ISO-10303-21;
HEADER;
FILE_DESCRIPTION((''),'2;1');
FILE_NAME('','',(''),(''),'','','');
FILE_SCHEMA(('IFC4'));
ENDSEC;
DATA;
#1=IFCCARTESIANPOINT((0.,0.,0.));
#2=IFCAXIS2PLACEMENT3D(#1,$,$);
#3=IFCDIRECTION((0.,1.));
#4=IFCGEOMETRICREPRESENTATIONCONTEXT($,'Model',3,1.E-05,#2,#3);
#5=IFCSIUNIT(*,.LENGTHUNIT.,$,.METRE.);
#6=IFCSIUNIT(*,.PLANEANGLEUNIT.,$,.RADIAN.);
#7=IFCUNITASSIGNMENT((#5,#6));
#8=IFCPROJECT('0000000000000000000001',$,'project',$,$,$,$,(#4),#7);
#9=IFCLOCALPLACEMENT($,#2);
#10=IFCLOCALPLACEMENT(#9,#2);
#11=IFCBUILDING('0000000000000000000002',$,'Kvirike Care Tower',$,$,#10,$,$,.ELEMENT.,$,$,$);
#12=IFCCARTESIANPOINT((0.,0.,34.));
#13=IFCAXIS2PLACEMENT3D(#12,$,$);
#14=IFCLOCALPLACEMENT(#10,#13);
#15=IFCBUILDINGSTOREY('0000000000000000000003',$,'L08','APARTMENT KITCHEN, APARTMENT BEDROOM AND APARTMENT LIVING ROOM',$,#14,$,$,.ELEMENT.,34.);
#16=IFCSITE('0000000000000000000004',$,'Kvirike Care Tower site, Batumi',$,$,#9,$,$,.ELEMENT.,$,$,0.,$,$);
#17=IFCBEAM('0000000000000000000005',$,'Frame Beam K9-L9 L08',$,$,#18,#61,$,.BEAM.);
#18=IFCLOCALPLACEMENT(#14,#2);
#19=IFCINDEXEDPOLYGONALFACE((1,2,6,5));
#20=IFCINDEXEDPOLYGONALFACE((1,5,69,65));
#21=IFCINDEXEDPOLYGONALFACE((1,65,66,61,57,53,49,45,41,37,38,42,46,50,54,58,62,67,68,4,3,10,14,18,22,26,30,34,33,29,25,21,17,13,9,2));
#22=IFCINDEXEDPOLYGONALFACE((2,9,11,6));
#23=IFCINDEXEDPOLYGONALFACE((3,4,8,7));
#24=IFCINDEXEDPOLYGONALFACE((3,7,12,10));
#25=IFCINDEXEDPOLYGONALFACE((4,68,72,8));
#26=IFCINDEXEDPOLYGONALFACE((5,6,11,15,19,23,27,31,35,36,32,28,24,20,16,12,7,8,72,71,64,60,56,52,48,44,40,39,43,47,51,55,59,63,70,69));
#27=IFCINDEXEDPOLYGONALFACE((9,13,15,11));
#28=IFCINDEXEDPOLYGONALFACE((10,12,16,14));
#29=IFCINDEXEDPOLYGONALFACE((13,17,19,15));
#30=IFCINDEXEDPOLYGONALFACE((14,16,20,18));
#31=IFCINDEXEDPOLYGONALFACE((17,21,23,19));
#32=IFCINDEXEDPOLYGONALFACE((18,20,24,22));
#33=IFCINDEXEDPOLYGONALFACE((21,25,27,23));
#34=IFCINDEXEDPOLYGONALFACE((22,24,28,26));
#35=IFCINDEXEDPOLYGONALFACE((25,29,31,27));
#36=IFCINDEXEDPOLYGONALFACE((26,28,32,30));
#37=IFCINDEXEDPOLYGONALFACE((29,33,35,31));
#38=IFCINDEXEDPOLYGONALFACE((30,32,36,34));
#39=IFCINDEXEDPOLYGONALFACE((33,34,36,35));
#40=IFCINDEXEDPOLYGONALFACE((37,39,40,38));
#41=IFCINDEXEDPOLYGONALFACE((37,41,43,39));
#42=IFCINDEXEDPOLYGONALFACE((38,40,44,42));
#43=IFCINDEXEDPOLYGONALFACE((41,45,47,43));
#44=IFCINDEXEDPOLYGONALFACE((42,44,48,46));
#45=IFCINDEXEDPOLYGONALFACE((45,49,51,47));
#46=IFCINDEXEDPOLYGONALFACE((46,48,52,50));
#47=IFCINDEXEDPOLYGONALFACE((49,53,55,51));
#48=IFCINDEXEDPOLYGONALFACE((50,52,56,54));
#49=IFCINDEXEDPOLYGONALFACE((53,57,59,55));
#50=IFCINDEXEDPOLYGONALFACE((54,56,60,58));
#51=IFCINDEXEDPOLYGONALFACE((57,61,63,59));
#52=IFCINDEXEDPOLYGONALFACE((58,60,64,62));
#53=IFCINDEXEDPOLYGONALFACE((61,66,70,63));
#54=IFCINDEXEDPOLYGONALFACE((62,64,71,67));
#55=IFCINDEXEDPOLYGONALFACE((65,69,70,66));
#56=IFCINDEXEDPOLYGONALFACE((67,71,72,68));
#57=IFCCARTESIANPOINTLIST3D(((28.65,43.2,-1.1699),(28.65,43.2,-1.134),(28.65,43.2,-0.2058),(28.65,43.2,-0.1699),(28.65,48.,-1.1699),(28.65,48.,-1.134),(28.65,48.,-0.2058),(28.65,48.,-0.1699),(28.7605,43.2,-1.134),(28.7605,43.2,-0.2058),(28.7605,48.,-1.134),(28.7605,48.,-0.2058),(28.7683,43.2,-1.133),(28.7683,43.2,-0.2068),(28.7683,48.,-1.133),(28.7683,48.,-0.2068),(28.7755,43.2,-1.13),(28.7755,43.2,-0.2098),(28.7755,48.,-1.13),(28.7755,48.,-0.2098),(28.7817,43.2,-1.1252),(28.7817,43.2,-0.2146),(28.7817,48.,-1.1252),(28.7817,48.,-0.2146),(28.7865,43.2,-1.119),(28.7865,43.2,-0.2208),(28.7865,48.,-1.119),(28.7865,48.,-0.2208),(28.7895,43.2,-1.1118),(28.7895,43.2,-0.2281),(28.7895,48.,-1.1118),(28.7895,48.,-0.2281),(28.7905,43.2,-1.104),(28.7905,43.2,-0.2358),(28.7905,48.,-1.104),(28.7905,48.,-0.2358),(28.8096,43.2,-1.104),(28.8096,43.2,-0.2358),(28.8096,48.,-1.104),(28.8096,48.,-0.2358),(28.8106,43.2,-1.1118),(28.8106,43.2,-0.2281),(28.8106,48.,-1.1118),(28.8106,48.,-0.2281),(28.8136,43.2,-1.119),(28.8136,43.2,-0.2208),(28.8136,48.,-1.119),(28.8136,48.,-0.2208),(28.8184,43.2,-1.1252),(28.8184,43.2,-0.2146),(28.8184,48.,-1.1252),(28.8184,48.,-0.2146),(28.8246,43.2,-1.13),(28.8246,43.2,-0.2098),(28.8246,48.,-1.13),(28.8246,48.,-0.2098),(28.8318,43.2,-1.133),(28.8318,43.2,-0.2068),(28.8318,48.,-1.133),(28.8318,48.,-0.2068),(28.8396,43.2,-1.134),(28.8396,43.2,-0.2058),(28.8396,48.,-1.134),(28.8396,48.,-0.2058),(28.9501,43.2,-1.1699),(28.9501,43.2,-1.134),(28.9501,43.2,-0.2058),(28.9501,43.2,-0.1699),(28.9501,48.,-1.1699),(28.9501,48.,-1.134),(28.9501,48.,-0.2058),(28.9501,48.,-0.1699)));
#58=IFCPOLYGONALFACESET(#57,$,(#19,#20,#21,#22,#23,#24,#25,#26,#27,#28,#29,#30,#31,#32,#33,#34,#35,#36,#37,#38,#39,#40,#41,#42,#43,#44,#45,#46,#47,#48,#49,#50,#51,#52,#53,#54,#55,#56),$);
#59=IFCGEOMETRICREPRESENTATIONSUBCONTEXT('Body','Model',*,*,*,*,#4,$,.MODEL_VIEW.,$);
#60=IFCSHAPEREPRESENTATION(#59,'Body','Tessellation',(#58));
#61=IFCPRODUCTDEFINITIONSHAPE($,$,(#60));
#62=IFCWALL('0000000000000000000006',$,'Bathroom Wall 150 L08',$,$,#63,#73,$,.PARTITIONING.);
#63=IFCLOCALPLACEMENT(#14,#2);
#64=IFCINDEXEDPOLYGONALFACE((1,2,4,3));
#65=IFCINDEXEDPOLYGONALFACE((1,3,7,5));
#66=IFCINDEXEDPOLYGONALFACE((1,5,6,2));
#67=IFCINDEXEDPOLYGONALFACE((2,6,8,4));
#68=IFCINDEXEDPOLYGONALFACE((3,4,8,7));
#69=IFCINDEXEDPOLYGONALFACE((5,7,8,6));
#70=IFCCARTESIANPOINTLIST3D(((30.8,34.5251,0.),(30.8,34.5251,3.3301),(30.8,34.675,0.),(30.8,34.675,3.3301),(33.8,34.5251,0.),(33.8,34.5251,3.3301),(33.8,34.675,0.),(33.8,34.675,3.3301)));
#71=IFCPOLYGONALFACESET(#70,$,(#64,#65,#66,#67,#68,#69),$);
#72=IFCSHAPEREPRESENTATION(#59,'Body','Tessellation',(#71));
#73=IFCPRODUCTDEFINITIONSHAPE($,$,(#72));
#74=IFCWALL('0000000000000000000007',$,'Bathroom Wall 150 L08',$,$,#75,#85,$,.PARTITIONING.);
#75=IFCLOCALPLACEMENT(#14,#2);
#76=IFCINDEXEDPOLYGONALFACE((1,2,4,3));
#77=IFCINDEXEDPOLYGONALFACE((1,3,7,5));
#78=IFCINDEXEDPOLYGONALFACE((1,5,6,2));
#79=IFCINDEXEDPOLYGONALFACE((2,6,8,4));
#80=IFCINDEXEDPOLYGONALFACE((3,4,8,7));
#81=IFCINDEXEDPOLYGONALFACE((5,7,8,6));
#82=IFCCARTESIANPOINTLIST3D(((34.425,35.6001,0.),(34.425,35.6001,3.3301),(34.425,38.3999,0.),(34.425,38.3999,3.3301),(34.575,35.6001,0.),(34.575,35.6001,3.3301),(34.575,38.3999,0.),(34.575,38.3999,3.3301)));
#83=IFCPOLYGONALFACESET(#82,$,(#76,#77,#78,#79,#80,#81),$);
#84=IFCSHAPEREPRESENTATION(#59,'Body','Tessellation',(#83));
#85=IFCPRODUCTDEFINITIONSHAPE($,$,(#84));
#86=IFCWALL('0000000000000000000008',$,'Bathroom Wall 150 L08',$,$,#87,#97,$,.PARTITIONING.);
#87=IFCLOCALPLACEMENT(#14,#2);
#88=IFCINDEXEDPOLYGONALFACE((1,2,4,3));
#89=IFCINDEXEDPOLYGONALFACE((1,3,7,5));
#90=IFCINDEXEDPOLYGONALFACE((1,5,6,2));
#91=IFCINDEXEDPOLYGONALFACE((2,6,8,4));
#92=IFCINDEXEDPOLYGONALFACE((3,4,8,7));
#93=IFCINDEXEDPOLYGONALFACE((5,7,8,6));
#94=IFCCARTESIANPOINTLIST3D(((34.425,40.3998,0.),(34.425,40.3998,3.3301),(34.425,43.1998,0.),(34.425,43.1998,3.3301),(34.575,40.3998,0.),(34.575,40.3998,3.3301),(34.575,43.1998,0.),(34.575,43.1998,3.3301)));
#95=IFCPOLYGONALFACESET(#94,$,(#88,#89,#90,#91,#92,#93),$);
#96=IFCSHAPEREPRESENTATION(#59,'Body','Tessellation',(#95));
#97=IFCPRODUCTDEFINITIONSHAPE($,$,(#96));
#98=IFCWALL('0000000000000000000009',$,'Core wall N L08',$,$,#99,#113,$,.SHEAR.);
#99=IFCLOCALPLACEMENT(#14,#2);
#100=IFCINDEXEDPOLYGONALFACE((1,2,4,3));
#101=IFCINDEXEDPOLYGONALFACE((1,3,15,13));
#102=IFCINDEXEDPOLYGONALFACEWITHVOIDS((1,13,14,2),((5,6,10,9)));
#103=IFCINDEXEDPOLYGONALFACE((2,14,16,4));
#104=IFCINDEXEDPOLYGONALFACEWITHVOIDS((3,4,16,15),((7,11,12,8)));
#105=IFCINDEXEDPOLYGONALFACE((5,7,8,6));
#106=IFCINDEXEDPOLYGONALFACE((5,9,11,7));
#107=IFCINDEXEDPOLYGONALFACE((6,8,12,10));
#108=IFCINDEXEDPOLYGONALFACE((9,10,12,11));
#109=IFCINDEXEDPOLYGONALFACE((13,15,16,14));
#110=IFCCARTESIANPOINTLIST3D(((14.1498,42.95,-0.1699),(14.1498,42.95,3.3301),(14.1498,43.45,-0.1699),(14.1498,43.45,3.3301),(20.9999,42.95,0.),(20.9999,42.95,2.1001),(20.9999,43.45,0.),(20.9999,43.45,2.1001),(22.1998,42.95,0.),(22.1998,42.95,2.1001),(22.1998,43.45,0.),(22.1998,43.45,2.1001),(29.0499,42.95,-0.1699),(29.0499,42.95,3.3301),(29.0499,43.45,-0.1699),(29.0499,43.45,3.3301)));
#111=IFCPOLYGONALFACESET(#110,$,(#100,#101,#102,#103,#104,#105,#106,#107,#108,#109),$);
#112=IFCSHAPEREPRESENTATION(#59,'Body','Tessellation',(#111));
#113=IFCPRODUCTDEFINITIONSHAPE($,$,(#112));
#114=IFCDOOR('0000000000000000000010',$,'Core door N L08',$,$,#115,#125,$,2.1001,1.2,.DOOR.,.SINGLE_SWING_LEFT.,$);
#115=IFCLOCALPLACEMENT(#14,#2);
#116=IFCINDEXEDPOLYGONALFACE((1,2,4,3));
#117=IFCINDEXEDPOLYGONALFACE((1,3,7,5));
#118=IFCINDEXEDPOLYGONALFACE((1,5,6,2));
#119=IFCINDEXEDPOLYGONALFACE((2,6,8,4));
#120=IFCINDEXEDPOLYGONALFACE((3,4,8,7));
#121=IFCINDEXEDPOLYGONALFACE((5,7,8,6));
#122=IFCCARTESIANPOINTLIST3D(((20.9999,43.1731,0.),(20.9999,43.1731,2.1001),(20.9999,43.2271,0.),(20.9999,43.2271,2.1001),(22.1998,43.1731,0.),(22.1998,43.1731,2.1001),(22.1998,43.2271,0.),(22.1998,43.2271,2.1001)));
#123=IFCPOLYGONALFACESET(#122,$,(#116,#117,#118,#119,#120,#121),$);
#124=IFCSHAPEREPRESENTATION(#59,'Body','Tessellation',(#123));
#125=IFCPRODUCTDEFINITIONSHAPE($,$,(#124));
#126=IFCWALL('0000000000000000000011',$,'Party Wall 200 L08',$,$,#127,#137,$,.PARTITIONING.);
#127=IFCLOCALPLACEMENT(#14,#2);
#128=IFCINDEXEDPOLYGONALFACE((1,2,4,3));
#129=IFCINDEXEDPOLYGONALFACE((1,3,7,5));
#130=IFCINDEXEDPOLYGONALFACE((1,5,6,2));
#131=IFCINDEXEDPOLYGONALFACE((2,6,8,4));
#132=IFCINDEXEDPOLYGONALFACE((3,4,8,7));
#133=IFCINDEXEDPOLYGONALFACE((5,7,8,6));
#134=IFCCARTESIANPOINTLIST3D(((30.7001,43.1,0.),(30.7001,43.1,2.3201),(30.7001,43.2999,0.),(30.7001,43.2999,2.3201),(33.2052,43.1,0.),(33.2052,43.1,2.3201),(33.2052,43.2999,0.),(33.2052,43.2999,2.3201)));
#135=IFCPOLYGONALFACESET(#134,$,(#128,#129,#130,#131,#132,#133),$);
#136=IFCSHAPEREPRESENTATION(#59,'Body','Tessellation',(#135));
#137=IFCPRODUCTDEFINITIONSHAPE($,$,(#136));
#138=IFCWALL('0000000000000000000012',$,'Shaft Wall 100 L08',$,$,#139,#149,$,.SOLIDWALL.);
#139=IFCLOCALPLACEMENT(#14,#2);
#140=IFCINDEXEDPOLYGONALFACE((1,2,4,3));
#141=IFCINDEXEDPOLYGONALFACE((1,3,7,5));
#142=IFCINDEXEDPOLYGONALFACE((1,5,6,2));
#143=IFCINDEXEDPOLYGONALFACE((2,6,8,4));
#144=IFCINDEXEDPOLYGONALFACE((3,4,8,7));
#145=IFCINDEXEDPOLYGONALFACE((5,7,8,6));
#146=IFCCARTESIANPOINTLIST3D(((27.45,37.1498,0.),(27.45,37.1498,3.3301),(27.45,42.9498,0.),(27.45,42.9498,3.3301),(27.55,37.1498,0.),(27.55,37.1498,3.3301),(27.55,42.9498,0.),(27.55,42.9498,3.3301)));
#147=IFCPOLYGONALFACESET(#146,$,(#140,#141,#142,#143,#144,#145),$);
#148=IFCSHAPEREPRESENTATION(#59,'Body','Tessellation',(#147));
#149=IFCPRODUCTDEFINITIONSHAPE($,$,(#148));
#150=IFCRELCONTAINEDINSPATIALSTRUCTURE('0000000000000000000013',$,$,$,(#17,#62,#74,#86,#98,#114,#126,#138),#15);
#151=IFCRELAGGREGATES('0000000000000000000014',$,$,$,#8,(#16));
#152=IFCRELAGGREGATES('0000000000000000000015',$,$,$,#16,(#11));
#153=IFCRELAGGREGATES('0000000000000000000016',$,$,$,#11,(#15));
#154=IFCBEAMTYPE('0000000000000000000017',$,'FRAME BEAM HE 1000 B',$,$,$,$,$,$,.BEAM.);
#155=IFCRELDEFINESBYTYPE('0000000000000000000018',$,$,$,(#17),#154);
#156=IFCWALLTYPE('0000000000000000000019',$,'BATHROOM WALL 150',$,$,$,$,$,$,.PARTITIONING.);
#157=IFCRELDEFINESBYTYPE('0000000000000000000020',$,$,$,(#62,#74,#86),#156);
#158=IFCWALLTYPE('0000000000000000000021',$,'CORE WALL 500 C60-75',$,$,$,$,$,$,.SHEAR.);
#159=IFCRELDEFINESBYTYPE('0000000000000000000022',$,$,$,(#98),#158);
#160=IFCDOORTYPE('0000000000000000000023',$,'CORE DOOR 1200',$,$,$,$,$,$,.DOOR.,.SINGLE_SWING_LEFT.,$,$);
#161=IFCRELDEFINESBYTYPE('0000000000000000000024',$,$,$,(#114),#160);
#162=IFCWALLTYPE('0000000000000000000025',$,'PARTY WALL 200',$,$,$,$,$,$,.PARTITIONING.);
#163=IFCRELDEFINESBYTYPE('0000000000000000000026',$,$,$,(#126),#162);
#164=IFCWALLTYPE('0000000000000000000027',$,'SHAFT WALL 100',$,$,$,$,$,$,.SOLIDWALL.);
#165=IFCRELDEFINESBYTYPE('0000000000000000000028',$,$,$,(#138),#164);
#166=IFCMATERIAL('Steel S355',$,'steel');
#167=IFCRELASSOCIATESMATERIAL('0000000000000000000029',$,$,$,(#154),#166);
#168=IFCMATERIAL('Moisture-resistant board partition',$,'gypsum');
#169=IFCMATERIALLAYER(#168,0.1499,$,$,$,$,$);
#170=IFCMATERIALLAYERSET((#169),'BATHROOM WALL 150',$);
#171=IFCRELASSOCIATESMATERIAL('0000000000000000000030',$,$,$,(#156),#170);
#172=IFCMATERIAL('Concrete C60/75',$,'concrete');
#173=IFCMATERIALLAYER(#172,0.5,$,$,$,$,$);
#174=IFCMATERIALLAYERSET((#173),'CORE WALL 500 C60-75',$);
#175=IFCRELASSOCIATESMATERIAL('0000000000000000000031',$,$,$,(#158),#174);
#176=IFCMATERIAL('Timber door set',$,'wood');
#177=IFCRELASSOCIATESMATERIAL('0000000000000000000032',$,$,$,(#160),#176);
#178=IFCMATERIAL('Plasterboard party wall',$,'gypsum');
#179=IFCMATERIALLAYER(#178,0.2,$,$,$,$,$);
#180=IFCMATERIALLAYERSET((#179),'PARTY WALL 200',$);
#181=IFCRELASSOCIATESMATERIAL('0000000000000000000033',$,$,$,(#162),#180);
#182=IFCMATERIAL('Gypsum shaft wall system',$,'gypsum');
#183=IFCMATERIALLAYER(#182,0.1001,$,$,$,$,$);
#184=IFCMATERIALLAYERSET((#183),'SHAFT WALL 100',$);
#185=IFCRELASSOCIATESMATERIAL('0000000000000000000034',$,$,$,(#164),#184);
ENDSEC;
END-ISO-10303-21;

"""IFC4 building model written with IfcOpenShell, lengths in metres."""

from ifc_helpers import new_model, si_unit, direction, frame, frame_2d, origin, origin_2d, place, context, subcontext, project, spatial, rectangle, i_section, extrude, material, layer, layer_set, material_profile, profile_set, type_object, element, fill, save


model = new_model("IFC4")

# Units and contexts
model_context = context("Model", 3, precision=1e-05, world=origin(), true_north=direction((0.0, 1.0)))
body_context = subcontext(model_context, "Body", "Model", "MODEL_VIEW")
ifc_project = project(units=[si_unit("LENGTHUNIT", "METRE"), si_unit("PLANEANGLEUNIT", "RADIAN")], contexts=[model_context])

# Site, building, storey
site_placement = place(None, origin())
site = spatial("IfcSite", under=ifc_project, at=site_placement, Name="Kvirike Care Tower site, Batumi", CompositionType="ELEMENT", RefElevation=0.0)
building_placement = place(site_placement, origin())
building = spatial("IfcBuilding", under=site, at=building_placement, Name="Kvirike Care Tower", CompositionType="ELEMENT")
storey_placement = place(building_placement, frame((0.0, 0.0, 34.0)))
storey = spatial("IfcBuildingStorey", under=building, at=storey_placement, Name="L08", Description="APARTMENT KITCHEN, APARTMENT BEDROOM AND APARTMENT LIVING ROOM", CompositionType="ELEMENT", Elevation=34.0)

# Beam
ifc_material_1 = material(Name="Steel S355", Category="steel")
ifc_material_profile_1 = material_profile(ifc_material_1, i_section(OverallWidth=0.3, OverallDepth=1.0, WebThickness=0.019, FlangeThickness=0.0359, FilletRadius=0.03, at=origin_2d()), Name="HE 1000 B")
ifc_profile_set_1 = profile_set([ifc_material_profile_1], Name="Steel S355")
beam_type_1 = type_object("IfcBeamType", Name="FRAME BEAM HE 1000 B", PredefinedType="BEAM", material=ifc_profile_set_1)
for number, where, z_axis, x_axis, name in (
    (1, (28.8, 43.2, -0.6699), (0.0, 1.0, 0.0), (-1.0, 0.0, 0.0), "Frame Beam K9-L9 L08"),
):
    element("IfcBeam", number, at=place(storey_placement, frame(where, z_axis=z_axis, x_axis=x_axis)), inside=storey, type_object=beam_type_1, Name=name, PredefinedType="BEAM", context=body_context, shape_type="SweptSolid", body=[
        extrude(i_section(OverallWidth=0.3, OverallDepth=1.0, WebThickness=0.019, FlangeThickness=0.0359, FilletRadius=0.03, at=origin_2d()), origin(), (0.0, 0.0, 1.0), 4.8),
    ])

# Walls
ifc_material_2 = material(Name="Moisture-resistant board partition", Category="gypsum")
ifc_layer_1 = layer(ifc_material_2, 0.1499)
ifc_layer_set_1 = layer_set([ifc_layer_1], Name="BATHROOM WALL 150")
wall_type_1 = type_object("IfcWallType", Name="BATHROOM WALL 150", PredefinedType="PARTITIONING", material=ifc_layer_set_1)
wall_1_placement = place(storey_placement, frame((33.8, 34.6001, 0.0), z_axis=(0.0, 0.0, 1.0), x_axis=(-1.0, 0.0, 0.0)))
element("IfcWall", 2, at=wall_1_placement, inside=storey, type_object=wall_type_1, Name="Bathroom Wall 150 L08", PredefinedType="PARTITIONING", context=body_context, shape_type="SweptSolid", body=[
    extrude(rectangle(XDim=3.0, YDim=0.1499, at=frame_2d((1.5, 0.0))), origin(), (0.0, 0.0, 1.0), 3.3301),
])
wall_2_placement = place(storey_placement, frame((34.5, 35.6001, 0.0), z_axis=(0.0, 0.0, 1.0), x_axis=(0.0, 1.0, 0.0)))
element("IfcWall", 3, at=wall_2_placement, inside=storey, type_object=wall_type_1, Name="Bathroom Wall 150 L08", PredefinedType="PARTITIONING", context=body_context, shape_type="SweptSolid", body=[
    extrude(rectangle(XDim=2.7998, YDim=0.1499, at=frame_2d((1.3999, 0.0))), origin(), (0.0, 0.0, 1.0), 3.3301),
])
wall_3_placement = place(storey_placement, frame((34.5, 40.3999, 0.0), z_axis=(0.0, 0.0, 1.0), x_axis=(0.0, 1.0, 0.0)))
element("IfcWall", 4, at=wall_3_placement, inside=storey, type_object=wall_type_1, Name="Bathroom Wall 150 L08", PredefinedType="PARTITIONING", context=body_context, shape_type="SweptSolid", body=[
    extrude(rectangle(XDim=2.8, YDim=0.1499, at=frame_2d((1.3999, 0.0))), origin(), (0.0, 0.0, 1.0), 3.3301),
])

# Wall, opening, door
ifc_material_3 = material(Name="Concrete C60/75", Category="concrete")
ifc_layer_2 = layer(ifc_material_3, 0.5)
ifc_layer_set_2 = layer_set([ifc_layer_2], Name="CORE WALL 500 C60-75")
wall_type_2 = type_object("IfcWallType", Name="CORE WALL 500 C60-75", PredefinedType="SHEAR", material=ifc_layer_set_2)
wall_4_placement = place(storey_placement, frame((29.05, 43.2, -0.1699), z_axis=(0.0, 0.0, 1.0), x_axis=(-1.0, 0.0, 0.0)))
wall_4 = element("IfcWall", 5, at=wall_4_placement, inside=storey, type_object=wall_type_2, Name="Core wall N L08", PredefinedType="SHEAR", context=body_context, shape_type="SweptSolid", body=[
    extrude(rectangle(XDim=14.9001, YDim=0.5, at=frame_2d((7.4502, 0.0))), origin(), (0.0, 0.0, 1.0), 3.5),
])
opening_1_placement = place(wall_4_placement, frame((6.8501, 0.0, 0.1699)))
opening_1 = element("IfcOpeningElement", 6, at=opening_1_placement, cuts=wall_4, PredefinedType="OPENING", context=body_context, shape_type="SweptSolid", body=[
    extrude(rectangle(XDim=1.2, YDim=2.1001, at=frame_2d((0.6001, 1.05))), frame((0.0, 0.2605, 0.0), z_axis=(0.0, -1.0, 0.0), x_axis=(1.0, 0.0, 0.0)), (0.0, 0.0, 1.0), 0.521),
])
ifc_material_4 = material(Name="Timber door set", Category="wood")
door_type_1 = type_object("IfcDoorType", Name="CORE DOOR 1200", OperationType="SINGLE_SWING_LEFT", PredefinedType="DOOR", material=ifc_material_4)
door_1_placement = place(opening_1_placement, origin())
door_1 = element("IfcDoor", 7, at=door_1_placement, inside=storey, type_object=door_type_1, Name="Core door N L08", OperationType="SINGLE_SWING_LEFT", OverallHeight=2.1001, OverallWidth=1.2, PredefinedType="DOOR", context=body_context, shape_type="SweptSolid", body=[
    extrude(rectangle(XDim=1.2, YDim=2.1001, at=frame_2d((0.6001, 1.05))), frame((0.0, 0.0269, 0.0), z_axis=(0.0, -1.0, 0.0), x_axis=(1.0, 0.0, 0.0)), (0.0, 0.0, 1.0), 0.054),
])
fill(opening_1, door_1)

# Walls
ifc_material_5 = material(Name="Plasterboard party wall", Category="gypsum")
ifc_layer_3 = layer(ifc_material_5, 0.2)
ifc_layer_set_3 = layer_set([ifc_layer_3], Name="PARTY WALL 200")
wall_type_3 = type_object("IfcWallType", Name="PARTY WALL 200", PredefinedType="PARTITIONING", material=ifc_layer_set_3)
wall_5_placement = place(storey_placement, frame((33.2051, 43.2, 0.0), z_axis=(0.0, 0.0, 1.0), x_axis=(-1.0, 0.0, 0.0)))
element("IfcWall", 8, at=wall_5_placement, inside=storey, type_object=wall_type_3, Name="Party Wall 200 L08", PredefinedType="PARTITIONING", context=body_context, shape_type="SweptSolid", body=[
    extrude(rectangle(XDim=2.5051, YDim=0.2, at=frame_2d((1.2524, 0.0))), origin(), (0.0, 0.0, 1.0), 2.3201),
])
ifc_material_6 = material(Name="Gypsum shaft wall system", Category="gypsum")
ifc_layer_4 = layer(ifc_material_6, 0.1001)
ifc_layer_set_4 = layer_set([ifc_layer_4], Name="SHAFT WALL 100")
wall_type_4 = type_object("IfcWallType", Name="SHAFT WALL 100", PredefinedType="SOLIDWALL", material=ifc_layer_set_4)
wall_6_placement = place(storey_placement, frame((27.5, 37.1499, 0.0), z_axis=(0.0, 0.0, 1.0), x_axis=(0.0, 1.0, 0.0)))
element("IfcWall", 9, at=wall_6_placement, inside=storey, type_object=wall_type_4, Name="Shaft Wall 100 L08", PredefinedType="SOLIDWALL", context=body_context, shape_type="SweptSolid", body=[
    extrude(rectangle(XDim=5.8, YDim=0.1001, at=frame_2d((2.8999, 0.0))), origin(), (0.0, 0.0, 1.0), 3.3301),
])

save(model, "model.ifc")
